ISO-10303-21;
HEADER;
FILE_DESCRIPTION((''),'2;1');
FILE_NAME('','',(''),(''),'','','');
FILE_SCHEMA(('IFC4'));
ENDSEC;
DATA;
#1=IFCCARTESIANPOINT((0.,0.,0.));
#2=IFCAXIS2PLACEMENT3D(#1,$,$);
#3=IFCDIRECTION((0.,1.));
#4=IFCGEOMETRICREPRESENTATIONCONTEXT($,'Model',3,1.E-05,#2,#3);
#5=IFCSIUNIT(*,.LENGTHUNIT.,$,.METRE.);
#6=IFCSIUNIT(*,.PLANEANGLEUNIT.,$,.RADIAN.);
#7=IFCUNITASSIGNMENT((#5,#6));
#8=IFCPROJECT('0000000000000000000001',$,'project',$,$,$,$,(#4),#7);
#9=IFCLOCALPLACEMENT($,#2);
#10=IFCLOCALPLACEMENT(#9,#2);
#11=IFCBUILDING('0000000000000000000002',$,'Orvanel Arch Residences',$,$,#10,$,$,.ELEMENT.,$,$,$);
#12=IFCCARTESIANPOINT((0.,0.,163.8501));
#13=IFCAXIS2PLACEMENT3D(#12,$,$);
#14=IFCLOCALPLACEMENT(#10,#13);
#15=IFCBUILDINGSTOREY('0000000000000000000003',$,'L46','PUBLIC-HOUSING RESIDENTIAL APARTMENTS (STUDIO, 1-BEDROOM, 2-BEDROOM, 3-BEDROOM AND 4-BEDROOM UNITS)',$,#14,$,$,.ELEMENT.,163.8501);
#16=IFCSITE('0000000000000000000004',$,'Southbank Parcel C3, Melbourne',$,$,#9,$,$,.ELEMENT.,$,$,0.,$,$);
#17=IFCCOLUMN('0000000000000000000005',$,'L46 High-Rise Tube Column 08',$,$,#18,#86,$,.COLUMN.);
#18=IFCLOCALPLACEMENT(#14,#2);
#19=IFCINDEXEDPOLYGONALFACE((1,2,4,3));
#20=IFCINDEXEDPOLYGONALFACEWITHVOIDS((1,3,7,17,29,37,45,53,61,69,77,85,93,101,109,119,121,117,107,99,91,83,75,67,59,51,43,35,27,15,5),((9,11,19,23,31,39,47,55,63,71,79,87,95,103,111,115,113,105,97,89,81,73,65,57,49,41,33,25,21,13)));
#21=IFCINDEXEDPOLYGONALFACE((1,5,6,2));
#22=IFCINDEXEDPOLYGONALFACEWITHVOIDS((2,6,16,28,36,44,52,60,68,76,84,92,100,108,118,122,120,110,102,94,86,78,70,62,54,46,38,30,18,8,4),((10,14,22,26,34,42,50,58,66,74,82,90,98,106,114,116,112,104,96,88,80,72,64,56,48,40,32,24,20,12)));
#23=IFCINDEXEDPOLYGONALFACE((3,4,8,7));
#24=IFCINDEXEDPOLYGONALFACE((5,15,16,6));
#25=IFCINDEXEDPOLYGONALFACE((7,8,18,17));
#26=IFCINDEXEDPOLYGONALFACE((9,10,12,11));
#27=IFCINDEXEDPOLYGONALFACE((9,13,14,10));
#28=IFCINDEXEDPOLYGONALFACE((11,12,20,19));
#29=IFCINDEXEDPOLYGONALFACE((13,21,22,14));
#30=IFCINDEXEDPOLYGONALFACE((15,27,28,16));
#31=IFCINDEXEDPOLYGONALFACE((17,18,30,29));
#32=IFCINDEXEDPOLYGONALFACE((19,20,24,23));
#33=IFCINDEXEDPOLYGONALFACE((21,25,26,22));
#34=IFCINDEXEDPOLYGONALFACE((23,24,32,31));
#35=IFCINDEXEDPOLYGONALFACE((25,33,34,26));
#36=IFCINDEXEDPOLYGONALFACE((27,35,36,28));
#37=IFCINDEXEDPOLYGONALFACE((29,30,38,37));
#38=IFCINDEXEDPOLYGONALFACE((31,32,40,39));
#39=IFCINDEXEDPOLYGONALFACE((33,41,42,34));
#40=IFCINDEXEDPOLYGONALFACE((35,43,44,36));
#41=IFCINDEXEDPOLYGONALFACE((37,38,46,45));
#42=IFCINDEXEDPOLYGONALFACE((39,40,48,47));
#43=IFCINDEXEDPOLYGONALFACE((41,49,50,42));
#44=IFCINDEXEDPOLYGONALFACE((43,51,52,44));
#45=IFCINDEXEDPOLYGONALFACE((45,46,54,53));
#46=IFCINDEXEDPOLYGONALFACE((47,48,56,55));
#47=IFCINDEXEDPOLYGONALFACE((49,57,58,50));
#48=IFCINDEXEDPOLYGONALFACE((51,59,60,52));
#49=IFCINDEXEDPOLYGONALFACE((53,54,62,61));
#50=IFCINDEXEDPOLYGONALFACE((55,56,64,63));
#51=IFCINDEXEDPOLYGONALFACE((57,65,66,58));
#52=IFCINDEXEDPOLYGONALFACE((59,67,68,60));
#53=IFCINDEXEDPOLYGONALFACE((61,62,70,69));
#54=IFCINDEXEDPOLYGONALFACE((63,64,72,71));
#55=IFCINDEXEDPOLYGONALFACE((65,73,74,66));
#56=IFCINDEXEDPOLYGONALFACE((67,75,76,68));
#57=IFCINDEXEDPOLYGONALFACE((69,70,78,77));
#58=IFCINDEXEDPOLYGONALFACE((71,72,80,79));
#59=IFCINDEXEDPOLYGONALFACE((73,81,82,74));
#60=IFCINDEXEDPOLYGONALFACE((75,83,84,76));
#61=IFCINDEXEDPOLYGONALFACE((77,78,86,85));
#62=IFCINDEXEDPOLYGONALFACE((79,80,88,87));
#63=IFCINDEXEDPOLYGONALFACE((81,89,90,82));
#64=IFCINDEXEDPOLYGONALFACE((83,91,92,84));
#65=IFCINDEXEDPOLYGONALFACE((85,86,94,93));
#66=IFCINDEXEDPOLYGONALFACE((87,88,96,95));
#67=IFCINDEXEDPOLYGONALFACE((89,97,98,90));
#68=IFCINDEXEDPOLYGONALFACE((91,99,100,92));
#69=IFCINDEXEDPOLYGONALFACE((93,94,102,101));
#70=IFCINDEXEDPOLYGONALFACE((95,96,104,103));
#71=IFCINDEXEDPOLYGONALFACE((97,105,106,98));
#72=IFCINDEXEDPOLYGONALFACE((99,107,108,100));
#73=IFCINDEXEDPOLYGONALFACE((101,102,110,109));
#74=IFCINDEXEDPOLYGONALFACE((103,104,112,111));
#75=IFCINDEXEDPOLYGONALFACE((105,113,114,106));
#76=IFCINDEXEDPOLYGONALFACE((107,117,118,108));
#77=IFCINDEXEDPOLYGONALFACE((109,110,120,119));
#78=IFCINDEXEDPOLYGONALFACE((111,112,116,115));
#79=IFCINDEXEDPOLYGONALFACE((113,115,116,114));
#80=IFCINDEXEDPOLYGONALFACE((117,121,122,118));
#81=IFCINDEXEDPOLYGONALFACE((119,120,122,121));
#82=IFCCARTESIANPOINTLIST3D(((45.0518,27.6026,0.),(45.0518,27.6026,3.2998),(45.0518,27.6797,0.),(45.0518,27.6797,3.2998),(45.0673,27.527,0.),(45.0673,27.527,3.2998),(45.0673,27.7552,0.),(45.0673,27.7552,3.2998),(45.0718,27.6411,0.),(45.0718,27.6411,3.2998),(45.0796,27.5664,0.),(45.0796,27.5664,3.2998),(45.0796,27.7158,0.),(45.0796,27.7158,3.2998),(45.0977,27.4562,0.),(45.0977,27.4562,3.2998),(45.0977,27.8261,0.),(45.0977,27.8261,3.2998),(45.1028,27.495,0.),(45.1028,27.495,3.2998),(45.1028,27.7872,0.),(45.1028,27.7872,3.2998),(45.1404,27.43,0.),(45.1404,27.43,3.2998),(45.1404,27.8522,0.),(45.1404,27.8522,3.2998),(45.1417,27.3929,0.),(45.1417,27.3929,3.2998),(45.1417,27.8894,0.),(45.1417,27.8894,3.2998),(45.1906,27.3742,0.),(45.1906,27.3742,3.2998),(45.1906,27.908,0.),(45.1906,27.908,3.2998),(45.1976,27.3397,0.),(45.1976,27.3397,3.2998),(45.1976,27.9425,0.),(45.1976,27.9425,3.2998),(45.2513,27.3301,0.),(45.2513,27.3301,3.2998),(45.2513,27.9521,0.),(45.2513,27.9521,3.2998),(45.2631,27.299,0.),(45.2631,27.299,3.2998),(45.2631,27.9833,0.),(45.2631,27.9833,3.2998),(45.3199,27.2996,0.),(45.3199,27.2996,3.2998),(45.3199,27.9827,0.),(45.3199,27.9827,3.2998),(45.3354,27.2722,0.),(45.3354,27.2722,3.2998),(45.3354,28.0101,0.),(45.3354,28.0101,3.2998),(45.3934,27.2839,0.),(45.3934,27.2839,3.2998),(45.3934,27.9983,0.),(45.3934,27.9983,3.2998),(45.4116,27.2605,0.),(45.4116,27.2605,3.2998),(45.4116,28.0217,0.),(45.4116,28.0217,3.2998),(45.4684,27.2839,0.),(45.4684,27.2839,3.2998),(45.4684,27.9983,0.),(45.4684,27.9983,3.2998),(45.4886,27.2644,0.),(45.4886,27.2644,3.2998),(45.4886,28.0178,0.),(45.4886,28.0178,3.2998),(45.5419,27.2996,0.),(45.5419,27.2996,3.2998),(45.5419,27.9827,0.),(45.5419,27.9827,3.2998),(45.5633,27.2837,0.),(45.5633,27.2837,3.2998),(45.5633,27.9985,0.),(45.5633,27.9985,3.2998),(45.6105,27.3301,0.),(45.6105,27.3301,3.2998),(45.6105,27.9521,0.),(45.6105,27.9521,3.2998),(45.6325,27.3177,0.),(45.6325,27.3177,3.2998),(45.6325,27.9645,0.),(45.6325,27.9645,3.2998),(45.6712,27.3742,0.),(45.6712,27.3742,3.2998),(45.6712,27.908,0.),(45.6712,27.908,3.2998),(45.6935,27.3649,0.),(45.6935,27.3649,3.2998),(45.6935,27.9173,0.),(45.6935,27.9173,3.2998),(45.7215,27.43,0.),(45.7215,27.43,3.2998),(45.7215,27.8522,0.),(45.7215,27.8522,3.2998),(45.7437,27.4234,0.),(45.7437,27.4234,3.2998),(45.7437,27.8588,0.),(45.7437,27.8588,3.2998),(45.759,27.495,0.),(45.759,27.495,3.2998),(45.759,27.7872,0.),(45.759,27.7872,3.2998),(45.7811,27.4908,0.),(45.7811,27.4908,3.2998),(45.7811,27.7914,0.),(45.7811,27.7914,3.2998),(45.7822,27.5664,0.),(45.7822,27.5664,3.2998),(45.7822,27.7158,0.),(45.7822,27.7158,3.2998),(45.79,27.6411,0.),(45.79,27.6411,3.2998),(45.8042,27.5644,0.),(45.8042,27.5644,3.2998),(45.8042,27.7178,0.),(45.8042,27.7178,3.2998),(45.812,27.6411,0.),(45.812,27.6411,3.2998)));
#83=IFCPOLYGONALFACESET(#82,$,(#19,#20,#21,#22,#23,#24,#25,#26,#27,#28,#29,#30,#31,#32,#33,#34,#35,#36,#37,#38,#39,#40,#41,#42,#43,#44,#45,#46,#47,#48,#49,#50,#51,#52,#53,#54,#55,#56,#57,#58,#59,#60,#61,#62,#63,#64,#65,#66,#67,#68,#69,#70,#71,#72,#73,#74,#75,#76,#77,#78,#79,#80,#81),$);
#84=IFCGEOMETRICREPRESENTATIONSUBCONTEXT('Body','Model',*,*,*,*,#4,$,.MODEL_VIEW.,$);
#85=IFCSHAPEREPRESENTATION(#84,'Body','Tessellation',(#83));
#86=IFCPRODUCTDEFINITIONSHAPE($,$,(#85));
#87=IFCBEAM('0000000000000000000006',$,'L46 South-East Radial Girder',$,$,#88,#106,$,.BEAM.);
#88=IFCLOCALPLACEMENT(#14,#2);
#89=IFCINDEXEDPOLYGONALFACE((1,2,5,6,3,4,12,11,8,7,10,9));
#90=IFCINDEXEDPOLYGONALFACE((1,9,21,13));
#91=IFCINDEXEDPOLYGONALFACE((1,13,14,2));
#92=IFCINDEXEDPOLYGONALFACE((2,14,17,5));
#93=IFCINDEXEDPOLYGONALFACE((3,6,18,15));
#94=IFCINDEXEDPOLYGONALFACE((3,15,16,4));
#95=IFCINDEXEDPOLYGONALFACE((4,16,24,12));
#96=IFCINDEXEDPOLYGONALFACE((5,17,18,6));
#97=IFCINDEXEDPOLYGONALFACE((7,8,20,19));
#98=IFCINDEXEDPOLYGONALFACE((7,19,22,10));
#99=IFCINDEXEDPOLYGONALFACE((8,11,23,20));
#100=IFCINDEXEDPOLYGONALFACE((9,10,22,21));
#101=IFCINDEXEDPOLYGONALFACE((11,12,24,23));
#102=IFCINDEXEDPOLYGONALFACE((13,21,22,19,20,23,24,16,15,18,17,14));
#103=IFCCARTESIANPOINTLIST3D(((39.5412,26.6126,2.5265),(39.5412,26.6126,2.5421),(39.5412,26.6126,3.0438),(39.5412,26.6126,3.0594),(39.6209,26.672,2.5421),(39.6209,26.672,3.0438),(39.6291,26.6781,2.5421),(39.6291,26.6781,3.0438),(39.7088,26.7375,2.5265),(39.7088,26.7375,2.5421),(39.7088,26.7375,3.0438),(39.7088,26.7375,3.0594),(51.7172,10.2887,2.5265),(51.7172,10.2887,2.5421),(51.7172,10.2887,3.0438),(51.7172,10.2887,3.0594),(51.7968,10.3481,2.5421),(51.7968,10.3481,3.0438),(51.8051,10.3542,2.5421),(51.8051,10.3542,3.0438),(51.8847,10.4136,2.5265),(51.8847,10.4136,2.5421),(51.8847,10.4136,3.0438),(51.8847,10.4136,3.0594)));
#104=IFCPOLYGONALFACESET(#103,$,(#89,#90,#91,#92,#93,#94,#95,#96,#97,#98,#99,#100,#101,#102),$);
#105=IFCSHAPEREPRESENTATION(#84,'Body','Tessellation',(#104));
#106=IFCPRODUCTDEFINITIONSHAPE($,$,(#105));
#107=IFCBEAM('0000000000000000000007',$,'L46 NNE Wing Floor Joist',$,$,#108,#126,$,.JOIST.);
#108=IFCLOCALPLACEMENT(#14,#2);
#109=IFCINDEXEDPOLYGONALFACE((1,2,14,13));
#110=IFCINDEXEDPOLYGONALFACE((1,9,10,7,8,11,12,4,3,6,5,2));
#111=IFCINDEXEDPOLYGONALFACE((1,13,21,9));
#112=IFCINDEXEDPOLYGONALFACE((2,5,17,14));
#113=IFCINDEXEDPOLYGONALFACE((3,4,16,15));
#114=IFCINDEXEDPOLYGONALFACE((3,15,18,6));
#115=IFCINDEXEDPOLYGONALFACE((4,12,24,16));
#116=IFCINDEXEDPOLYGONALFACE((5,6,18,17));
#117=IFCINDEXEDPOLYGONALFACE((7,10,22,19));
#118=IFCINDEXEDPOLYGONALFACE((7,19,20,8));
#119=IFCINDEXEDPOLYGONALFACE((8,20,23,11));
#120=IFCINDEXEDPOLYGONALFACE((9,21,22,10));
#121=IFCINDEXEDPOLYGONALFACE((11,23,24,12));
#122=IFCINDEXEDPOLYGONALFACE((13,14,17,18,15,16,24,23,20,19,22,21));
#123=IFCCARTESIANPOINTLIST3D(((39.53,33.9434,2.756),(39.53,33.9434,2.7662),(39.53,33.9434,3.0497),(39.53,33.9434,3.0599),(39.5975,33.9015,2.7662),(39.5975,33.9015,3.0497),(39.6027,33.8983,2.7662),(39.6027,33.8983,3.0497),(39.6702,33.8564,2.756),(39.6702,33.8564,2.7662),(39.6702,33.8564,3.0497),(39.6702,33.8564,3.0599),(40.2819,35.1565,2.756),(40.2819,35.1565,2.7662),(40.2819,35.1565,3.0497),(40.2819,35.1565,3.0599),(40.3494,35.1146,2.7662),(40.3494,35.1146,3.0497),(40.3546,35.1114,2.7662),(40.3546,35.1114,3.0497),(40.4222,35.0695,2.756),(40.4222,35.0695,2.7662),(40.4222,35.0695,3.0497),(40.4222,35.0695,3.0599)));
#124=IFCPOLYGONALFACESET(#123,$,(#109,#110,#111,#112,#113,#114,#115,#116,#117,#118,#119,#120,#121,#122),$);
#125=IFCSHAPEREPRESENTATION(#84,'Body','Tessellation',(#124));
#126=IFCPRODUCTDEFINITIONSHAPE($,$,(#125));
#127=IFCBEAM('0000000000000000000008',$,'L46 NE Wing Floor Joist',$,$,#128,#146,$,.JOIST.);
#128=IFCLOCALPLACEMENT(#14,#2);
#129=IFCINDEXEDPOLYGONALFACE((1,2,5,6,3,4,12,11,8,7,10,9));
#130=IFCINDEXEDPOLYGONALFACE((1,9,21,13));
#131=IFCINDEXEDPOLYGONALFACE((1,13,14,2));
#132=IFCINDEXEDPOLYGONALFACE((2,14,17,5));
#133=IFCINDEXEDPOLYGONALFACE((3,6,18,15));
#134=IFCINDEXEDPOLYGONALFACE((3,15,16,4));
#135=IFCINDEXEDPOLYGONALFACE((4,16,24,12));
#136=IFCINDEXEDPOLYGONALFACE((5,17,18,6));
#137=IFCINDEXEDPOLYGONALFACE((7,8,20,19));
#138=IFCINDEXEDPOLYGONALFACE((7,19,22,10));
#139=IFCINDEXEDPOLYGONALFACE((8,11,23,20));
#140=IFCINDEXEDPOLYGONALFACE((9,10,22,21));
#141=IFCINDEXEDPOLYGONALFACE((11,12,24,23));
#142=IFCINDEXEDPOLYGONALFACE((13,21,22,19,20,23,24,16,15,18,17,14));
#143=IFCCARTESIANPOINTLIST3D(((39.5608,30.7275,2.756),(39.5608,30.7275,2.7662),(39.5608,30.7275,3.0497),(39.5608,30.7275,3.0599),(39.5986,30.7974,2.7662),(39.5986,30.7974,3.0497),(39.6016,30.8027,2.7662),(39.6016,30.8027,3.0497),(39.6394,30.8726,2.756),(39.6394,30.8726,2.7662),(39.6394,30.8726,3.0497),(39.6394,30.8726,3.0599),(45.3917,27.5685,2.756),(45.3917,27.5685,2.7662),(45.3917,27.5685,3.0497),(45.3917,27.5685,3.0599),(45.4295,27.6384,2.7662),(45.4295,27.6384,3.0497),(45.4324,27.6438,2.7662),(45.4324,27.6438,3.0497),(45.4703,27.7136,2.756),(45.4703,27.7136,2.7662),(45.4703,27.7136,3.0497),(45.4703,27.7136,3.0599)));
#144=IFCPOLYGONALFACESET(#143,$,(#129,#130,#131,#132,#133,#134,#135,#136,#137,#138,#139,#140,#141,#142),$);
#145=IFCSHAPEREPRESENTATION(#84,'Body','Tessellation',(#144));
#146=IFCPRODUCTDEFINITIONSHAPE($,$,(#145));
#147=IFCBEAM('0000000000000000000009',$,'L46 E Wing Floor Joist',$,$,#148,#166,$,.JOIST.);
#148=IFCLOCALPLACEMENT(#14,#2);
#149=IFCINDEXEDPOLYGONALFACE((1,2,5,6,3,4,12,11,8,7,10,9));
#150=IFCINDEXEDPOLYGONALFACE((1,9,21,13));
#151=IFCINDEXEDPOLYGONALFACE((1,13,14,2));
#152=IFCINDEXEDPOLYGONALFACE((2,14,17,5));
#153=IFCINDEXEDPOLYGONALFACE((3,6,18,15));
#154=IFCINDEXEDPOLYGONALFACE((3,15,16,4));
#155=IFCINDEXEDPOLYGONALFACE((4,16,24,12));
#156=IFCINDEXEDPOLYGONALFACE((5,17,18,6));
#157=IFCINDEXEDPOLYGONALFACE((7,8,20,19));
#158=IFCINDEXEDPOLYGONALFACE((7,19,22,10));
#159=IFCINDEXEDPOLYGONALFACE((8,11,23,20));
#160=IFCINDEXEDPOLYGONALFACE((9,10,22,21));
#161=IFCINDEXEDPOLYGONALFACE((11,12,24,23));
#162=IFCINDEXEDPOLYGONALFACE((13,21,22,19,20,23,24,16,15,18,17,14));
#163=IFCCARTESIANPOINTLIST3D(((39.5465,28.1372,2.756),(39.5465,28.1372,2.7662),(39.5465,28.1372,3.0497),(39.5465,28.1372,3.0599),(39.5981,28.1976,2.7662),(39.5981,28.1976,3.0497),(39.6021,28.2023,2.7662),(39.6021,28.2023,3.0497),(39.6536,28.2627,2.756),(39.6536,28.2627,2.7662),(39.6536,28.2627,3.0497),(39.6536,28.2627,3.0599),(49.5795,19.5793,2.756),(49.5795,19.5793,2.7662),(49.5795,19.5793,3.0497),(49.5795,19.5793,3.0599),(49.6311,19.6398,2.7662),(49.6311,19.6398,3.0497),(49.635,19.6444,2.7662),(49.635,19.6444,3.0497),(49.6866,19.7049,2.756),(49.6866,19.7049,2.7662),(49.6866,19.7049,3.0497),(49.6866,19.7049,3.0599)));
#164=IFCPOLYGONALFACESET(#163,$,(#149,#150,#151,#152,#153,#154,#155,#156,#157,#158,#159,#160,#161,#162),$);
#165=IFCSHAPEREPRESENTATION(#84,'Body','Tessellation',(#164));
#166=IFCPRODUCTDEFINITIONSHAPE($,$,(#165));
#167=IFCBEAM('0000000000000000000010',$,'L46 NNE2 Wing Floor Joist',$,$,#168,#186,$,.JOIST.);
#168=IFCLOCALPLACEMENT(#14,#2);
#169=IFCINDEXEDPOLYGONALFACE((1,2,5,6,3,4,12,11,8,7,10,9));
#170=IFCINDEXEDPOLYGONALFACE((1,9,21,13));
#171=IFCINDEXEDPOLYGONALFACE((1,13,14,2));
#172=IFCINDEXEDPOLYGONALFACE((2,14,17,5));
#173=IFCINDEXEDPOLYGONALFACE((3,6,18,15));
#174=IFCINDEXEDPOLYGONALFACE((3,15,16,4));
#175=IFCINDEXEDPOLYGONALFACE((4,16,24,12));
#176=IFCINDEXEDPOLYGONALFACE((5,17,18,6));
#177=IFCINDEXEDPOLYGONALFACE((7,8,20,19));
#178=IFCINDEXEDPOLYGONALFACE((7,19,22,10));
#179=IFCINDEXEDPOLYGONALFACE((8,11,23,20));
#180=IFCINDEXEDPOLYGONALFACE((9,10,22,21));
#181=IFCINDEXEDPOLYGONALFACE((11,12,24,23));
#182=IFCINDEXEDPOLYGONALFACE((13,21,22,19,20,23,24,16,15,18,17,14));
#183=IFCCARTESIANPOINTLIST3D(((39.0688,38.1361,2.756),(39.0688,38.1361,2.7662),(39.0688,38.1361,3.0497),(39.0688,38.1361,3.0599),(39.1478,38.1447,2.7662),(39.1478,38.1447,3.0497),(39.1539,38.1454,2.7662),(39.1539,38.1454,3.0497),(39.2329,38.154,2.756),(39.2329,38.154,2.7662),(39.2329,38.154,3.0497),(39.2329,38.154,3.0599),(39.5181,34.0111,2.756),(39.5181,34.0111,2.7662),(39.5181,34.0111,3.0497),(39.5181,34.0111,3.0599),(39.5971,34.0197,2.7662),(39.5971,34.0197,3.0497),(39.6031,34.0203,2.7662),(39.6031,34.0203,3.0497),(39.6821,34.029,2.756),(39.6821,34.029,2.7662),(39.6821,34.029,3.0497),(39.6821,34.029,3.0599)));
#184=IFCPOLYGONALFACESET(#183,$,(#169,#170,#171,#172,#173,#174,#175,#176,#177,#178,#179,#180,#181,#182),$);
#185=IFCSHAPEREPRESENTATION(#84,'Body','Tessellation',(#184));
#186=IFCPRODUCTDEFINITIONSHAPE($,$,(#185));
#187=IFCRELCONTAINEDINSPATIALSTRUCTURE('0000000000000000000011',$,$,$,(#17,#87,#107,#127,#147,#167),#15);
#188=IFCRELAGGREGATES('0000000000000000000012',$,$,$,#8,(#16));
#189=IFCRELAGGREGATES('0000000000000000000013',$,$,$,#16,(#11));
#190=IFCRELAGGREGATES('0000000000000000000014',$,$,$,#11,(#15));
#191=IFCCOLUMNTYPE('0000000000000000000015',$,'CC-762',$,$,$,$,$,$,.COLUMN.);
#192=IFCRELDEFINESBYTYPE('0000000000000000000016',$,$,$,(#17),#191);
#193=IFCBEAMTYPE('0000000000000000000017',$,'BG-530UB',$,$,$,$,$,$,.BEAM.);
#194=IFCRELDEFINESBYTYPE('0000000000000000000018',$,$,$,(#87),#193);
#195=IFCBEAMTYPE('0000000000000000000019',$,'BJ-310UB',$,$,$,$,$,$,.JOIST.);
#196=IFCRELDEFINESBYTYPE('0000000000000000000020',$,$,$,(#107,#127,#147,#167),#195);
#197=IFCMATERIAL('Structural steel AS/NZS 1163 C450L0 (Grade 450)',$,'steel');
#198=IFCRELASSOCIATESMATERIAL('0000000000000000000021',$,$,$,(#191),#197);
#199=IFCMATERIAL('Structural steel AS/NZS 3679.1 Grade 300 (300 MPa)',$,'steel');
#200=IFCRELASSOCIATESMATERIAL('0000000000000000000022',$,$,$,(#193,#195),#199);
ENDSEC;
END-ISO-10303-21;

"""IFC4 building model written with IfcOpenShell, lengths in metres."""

from ifc_helpers import new_model, si_unit, direction, frame, origin, origin_2d, place, context, subcontext, project, spatial, hollow_circle, i_section, extrude, material, material_profile, profile_set, type_object, element, save


model = new_model("IFC4")

# Units and contexts
model_context = context("Model", 3, precision=1e-05, world=origin(), true_north=direction((0.0, 1.0)))
body_context = subcontext(model_context, "Body", "Model", "MODEL_VIEW")
ifc_project = project(units=[si_unit("LENGTHUNIT", "METRE"), si_unit("PLANEANGLEUNIT", "RADIAN")], contexts=[model_context])

# Site, building, storey
site_placement = place(None, origin())
site = spatial("IfcSite", under=ifc_project, at=site_placement, Name="Southbank Parcel C3, Melbourne", CompositionType="ELEMENT", RefElevation=0.0)
building_placement = place(site_placement, origin())
building = spatial("IfcBuilding", under=site, at=building_placement, Name="Orvanel Arch Residences", CompositionType="ELEMENT")
storey_placement = place(building_placement, frame((0.0, 0.0, 163.8501)))
storey = spatial("IfcBuildingStorey", under=building, at=storey_placement, Name="L46", Description="PUBLIC-HOUSING RESIDENTIAL APARTMENTS (STUDIO, 1-BEDROOM, 2-BEDROOM, 3-BEDROOM AND 4-BEDROOM UNITS)", CompositionType="ELEMENT", Elevation=163.8501)

# Column
ifc_material_1 = material(Name="Structural steel AS/NZS 1163 C450L0 (Grade 450)", Category="steel")
ifc_material_profile_1 = material_profile(ifc_material_1, hollow_circle(Radius=0.3811, WallThickness=0.022, at=origin_2d()), Name="CHS762x22")
ifc_profile_set_1 = profile_set([ifc_material_profile_1], Name="Structural steel AS/NZS 1163 C450L0 (Grade 450)")
column_type = type_object("IfcColumnType", Name="CC-762", PredefinedType="COLUMN", material=ifc_profile_set_1)
column_placement = place(storey_placement, frame((45.4309, 27.6411, 0.0), z_axis=(0.0, 0.0, 1.0), x_axis=(1.0, 0.0, 0.0)))
element("IfcColumn", 1, at=column_placement, inside=storey, type_object=column_type, Name="L46 High-Rise Tube Column 08", PredefinedType="COLUMN", context=body_context, shape_type="SweptSolid", body=[
    extrude(hollow_circle(Radius=0.3811, WallThickness=0.022, at=origin_2d()), origin(), (0.0, 0.0, 1.0), 3.2998),
])

# Beams
ifc_material_2 = material(Name="Structural steel AS/NZS 3679.1 Grade 300 (300 MPa)", Category="steel")
ifc_material_profile_2 = material_profile(ifc_material_2, i_section(OverallWidth=0.209, OverallDepth=0.533, WebThickness=0.0103, FlangeThickness=0.0156, at=origin_2d()), Name="530UB92.4")
ifc_profile_set_2 = profile_set([ifc_material_profile_2], Name="Structural steel AS/NZS 3679.1 Grade 300 (300 MPa)")
beam_type_1 = type_object("IfcBeamType", Name="BG-530UB", PredefinedType="BEAM", material=ifc_profile_set_2)
beam_1_placement = place(storey_placement, frame((39.625, 26.675, 2.793), z_axis=(0.597894, -0.801575, 0.0), x_axis=(0.801575, 0.597894, 0.0)))
element("IfcBeam", 2, at=beam_1_placement, inside=storey, type_object=beam_type_1, Name="L46 South-East Radial Girder", PredefinedType="BEAM", context=body_context, shape_type="SweptSolid", body=[
    extrude(i_section(OverallWidth=0.209, OverallDepth=0.533, WebThickness=0.0103, FlangeThickness=0.0156, at=origin_2d()), origin(), (0.0, 0.0, 1.0), 20.3647),
])
ifc_material_profile_3 = material_profile(ifc_material_2, i_section(OverallWidth=0.165, OverallDepth=0.304, WebThickness=0.0061, FlangeThickness=0.0103, at=origin_2d()), Name="310UB40.4")
ifc_profile_set_3 = profile_set([ifc_material_profile_3], Name="Structural steel AS/NZS 3679.1 Grade 300 (300 MPa)")
beam_type_2 = type_object("IfcBeamType", Name="BJ-310UB", PredefinedType="JOIST", material=ifc_profile_set_3)
beam_2_placement = place(storey_placement, frame((39.6001, 33.8999, 2.908), z_axis=(0.526843, 0.849962, 0.0), x_axis=(-0.849962, 0.526843, 0.0)))
element("IfcBeam", 3, at=beam_2_placement, inside=storey, type_object=beam_type_2, Name="L46 NNE Wing Floor Joist", PredefinedType="JOIST", context=body_context, shape_type="SweptSolid", body=[
    extrude(i_section(OverallWidth=0.165, OverallDepth=0.304, WebThickness=0.0061, FlangeThickness=0.0103, at=origin_2d()), origin(), (0.0, 0.0, 1.0), 1.4272),
])
beam_3_placement = place(storey_placement, frame((39.6001, 30.8, 2.908), z_axis=(0.879255, -0.476351, 0.0), x_axis=(0.476351, 0.879255, 0.0)))
element("IfcBeam", 4, at=beam_3_placement, inside=storey, type_object=beam_type_2, Name="L46 NE Wing Floor Joist", PredefinedType="JOIST", context=body_context, shape_type="SweptSolid", body=[
    extrude(i_section(OverallWidth=0.165, OverallDepth=0.304, WebThickness=0.0061, FlangeThickness=0.0103, at=origin_2d()), origin(), (0.0, 0.0, 1.0), 6.6316),
])
beam_4_placement = place(storey_placement, frame((39.6001, 28.2, 2.908), z_axis=(0.760821, -0.648961, 0.0), x_axis=(0.648961, 0.760821, 0.0)))
element("IfcBeam", 5, at=beam_4_placement, inside=storey, type_object=beam_type_2, Name="L46 E Wing Floor Joist", PredefinedType="JOIST", context=body_context, shape_type="SweptSolid", body=[
    extrude(i_section(OverallWidth=0.165, OverallDepth=0.304, WebThickness=0.0061, FlangeThickness=0.0103, at=origin_2d()), origin(), (0.0, 0.0, 1.0), 13.187),
])
beam_5_placement = place(storey_placement, frame((39.6001, 34.02, 2.908), z_axis=(-0.108261, 0.994122, 0.0), x_axis=(-0.994122, -0.108261, 0.0)))
element("IfcBeam", 6, at=beam_5_placement, inside=storey, type_object=beam_type_2, Name="L46 NNE2 Wing Floor Joist", PredefinedType="JOIST", context=body_context, shape_type="SweptSolid", body=[
    extrude(i_section(OverallWidth=0.165, OverallDepth=0.304, WebThickness=0.0061, FlangeThickness=0.0103, at=origin_2d()), origin(), (0.0, 0.0, 1.0), 4.1494),
])

save(model, "model.ifc")
